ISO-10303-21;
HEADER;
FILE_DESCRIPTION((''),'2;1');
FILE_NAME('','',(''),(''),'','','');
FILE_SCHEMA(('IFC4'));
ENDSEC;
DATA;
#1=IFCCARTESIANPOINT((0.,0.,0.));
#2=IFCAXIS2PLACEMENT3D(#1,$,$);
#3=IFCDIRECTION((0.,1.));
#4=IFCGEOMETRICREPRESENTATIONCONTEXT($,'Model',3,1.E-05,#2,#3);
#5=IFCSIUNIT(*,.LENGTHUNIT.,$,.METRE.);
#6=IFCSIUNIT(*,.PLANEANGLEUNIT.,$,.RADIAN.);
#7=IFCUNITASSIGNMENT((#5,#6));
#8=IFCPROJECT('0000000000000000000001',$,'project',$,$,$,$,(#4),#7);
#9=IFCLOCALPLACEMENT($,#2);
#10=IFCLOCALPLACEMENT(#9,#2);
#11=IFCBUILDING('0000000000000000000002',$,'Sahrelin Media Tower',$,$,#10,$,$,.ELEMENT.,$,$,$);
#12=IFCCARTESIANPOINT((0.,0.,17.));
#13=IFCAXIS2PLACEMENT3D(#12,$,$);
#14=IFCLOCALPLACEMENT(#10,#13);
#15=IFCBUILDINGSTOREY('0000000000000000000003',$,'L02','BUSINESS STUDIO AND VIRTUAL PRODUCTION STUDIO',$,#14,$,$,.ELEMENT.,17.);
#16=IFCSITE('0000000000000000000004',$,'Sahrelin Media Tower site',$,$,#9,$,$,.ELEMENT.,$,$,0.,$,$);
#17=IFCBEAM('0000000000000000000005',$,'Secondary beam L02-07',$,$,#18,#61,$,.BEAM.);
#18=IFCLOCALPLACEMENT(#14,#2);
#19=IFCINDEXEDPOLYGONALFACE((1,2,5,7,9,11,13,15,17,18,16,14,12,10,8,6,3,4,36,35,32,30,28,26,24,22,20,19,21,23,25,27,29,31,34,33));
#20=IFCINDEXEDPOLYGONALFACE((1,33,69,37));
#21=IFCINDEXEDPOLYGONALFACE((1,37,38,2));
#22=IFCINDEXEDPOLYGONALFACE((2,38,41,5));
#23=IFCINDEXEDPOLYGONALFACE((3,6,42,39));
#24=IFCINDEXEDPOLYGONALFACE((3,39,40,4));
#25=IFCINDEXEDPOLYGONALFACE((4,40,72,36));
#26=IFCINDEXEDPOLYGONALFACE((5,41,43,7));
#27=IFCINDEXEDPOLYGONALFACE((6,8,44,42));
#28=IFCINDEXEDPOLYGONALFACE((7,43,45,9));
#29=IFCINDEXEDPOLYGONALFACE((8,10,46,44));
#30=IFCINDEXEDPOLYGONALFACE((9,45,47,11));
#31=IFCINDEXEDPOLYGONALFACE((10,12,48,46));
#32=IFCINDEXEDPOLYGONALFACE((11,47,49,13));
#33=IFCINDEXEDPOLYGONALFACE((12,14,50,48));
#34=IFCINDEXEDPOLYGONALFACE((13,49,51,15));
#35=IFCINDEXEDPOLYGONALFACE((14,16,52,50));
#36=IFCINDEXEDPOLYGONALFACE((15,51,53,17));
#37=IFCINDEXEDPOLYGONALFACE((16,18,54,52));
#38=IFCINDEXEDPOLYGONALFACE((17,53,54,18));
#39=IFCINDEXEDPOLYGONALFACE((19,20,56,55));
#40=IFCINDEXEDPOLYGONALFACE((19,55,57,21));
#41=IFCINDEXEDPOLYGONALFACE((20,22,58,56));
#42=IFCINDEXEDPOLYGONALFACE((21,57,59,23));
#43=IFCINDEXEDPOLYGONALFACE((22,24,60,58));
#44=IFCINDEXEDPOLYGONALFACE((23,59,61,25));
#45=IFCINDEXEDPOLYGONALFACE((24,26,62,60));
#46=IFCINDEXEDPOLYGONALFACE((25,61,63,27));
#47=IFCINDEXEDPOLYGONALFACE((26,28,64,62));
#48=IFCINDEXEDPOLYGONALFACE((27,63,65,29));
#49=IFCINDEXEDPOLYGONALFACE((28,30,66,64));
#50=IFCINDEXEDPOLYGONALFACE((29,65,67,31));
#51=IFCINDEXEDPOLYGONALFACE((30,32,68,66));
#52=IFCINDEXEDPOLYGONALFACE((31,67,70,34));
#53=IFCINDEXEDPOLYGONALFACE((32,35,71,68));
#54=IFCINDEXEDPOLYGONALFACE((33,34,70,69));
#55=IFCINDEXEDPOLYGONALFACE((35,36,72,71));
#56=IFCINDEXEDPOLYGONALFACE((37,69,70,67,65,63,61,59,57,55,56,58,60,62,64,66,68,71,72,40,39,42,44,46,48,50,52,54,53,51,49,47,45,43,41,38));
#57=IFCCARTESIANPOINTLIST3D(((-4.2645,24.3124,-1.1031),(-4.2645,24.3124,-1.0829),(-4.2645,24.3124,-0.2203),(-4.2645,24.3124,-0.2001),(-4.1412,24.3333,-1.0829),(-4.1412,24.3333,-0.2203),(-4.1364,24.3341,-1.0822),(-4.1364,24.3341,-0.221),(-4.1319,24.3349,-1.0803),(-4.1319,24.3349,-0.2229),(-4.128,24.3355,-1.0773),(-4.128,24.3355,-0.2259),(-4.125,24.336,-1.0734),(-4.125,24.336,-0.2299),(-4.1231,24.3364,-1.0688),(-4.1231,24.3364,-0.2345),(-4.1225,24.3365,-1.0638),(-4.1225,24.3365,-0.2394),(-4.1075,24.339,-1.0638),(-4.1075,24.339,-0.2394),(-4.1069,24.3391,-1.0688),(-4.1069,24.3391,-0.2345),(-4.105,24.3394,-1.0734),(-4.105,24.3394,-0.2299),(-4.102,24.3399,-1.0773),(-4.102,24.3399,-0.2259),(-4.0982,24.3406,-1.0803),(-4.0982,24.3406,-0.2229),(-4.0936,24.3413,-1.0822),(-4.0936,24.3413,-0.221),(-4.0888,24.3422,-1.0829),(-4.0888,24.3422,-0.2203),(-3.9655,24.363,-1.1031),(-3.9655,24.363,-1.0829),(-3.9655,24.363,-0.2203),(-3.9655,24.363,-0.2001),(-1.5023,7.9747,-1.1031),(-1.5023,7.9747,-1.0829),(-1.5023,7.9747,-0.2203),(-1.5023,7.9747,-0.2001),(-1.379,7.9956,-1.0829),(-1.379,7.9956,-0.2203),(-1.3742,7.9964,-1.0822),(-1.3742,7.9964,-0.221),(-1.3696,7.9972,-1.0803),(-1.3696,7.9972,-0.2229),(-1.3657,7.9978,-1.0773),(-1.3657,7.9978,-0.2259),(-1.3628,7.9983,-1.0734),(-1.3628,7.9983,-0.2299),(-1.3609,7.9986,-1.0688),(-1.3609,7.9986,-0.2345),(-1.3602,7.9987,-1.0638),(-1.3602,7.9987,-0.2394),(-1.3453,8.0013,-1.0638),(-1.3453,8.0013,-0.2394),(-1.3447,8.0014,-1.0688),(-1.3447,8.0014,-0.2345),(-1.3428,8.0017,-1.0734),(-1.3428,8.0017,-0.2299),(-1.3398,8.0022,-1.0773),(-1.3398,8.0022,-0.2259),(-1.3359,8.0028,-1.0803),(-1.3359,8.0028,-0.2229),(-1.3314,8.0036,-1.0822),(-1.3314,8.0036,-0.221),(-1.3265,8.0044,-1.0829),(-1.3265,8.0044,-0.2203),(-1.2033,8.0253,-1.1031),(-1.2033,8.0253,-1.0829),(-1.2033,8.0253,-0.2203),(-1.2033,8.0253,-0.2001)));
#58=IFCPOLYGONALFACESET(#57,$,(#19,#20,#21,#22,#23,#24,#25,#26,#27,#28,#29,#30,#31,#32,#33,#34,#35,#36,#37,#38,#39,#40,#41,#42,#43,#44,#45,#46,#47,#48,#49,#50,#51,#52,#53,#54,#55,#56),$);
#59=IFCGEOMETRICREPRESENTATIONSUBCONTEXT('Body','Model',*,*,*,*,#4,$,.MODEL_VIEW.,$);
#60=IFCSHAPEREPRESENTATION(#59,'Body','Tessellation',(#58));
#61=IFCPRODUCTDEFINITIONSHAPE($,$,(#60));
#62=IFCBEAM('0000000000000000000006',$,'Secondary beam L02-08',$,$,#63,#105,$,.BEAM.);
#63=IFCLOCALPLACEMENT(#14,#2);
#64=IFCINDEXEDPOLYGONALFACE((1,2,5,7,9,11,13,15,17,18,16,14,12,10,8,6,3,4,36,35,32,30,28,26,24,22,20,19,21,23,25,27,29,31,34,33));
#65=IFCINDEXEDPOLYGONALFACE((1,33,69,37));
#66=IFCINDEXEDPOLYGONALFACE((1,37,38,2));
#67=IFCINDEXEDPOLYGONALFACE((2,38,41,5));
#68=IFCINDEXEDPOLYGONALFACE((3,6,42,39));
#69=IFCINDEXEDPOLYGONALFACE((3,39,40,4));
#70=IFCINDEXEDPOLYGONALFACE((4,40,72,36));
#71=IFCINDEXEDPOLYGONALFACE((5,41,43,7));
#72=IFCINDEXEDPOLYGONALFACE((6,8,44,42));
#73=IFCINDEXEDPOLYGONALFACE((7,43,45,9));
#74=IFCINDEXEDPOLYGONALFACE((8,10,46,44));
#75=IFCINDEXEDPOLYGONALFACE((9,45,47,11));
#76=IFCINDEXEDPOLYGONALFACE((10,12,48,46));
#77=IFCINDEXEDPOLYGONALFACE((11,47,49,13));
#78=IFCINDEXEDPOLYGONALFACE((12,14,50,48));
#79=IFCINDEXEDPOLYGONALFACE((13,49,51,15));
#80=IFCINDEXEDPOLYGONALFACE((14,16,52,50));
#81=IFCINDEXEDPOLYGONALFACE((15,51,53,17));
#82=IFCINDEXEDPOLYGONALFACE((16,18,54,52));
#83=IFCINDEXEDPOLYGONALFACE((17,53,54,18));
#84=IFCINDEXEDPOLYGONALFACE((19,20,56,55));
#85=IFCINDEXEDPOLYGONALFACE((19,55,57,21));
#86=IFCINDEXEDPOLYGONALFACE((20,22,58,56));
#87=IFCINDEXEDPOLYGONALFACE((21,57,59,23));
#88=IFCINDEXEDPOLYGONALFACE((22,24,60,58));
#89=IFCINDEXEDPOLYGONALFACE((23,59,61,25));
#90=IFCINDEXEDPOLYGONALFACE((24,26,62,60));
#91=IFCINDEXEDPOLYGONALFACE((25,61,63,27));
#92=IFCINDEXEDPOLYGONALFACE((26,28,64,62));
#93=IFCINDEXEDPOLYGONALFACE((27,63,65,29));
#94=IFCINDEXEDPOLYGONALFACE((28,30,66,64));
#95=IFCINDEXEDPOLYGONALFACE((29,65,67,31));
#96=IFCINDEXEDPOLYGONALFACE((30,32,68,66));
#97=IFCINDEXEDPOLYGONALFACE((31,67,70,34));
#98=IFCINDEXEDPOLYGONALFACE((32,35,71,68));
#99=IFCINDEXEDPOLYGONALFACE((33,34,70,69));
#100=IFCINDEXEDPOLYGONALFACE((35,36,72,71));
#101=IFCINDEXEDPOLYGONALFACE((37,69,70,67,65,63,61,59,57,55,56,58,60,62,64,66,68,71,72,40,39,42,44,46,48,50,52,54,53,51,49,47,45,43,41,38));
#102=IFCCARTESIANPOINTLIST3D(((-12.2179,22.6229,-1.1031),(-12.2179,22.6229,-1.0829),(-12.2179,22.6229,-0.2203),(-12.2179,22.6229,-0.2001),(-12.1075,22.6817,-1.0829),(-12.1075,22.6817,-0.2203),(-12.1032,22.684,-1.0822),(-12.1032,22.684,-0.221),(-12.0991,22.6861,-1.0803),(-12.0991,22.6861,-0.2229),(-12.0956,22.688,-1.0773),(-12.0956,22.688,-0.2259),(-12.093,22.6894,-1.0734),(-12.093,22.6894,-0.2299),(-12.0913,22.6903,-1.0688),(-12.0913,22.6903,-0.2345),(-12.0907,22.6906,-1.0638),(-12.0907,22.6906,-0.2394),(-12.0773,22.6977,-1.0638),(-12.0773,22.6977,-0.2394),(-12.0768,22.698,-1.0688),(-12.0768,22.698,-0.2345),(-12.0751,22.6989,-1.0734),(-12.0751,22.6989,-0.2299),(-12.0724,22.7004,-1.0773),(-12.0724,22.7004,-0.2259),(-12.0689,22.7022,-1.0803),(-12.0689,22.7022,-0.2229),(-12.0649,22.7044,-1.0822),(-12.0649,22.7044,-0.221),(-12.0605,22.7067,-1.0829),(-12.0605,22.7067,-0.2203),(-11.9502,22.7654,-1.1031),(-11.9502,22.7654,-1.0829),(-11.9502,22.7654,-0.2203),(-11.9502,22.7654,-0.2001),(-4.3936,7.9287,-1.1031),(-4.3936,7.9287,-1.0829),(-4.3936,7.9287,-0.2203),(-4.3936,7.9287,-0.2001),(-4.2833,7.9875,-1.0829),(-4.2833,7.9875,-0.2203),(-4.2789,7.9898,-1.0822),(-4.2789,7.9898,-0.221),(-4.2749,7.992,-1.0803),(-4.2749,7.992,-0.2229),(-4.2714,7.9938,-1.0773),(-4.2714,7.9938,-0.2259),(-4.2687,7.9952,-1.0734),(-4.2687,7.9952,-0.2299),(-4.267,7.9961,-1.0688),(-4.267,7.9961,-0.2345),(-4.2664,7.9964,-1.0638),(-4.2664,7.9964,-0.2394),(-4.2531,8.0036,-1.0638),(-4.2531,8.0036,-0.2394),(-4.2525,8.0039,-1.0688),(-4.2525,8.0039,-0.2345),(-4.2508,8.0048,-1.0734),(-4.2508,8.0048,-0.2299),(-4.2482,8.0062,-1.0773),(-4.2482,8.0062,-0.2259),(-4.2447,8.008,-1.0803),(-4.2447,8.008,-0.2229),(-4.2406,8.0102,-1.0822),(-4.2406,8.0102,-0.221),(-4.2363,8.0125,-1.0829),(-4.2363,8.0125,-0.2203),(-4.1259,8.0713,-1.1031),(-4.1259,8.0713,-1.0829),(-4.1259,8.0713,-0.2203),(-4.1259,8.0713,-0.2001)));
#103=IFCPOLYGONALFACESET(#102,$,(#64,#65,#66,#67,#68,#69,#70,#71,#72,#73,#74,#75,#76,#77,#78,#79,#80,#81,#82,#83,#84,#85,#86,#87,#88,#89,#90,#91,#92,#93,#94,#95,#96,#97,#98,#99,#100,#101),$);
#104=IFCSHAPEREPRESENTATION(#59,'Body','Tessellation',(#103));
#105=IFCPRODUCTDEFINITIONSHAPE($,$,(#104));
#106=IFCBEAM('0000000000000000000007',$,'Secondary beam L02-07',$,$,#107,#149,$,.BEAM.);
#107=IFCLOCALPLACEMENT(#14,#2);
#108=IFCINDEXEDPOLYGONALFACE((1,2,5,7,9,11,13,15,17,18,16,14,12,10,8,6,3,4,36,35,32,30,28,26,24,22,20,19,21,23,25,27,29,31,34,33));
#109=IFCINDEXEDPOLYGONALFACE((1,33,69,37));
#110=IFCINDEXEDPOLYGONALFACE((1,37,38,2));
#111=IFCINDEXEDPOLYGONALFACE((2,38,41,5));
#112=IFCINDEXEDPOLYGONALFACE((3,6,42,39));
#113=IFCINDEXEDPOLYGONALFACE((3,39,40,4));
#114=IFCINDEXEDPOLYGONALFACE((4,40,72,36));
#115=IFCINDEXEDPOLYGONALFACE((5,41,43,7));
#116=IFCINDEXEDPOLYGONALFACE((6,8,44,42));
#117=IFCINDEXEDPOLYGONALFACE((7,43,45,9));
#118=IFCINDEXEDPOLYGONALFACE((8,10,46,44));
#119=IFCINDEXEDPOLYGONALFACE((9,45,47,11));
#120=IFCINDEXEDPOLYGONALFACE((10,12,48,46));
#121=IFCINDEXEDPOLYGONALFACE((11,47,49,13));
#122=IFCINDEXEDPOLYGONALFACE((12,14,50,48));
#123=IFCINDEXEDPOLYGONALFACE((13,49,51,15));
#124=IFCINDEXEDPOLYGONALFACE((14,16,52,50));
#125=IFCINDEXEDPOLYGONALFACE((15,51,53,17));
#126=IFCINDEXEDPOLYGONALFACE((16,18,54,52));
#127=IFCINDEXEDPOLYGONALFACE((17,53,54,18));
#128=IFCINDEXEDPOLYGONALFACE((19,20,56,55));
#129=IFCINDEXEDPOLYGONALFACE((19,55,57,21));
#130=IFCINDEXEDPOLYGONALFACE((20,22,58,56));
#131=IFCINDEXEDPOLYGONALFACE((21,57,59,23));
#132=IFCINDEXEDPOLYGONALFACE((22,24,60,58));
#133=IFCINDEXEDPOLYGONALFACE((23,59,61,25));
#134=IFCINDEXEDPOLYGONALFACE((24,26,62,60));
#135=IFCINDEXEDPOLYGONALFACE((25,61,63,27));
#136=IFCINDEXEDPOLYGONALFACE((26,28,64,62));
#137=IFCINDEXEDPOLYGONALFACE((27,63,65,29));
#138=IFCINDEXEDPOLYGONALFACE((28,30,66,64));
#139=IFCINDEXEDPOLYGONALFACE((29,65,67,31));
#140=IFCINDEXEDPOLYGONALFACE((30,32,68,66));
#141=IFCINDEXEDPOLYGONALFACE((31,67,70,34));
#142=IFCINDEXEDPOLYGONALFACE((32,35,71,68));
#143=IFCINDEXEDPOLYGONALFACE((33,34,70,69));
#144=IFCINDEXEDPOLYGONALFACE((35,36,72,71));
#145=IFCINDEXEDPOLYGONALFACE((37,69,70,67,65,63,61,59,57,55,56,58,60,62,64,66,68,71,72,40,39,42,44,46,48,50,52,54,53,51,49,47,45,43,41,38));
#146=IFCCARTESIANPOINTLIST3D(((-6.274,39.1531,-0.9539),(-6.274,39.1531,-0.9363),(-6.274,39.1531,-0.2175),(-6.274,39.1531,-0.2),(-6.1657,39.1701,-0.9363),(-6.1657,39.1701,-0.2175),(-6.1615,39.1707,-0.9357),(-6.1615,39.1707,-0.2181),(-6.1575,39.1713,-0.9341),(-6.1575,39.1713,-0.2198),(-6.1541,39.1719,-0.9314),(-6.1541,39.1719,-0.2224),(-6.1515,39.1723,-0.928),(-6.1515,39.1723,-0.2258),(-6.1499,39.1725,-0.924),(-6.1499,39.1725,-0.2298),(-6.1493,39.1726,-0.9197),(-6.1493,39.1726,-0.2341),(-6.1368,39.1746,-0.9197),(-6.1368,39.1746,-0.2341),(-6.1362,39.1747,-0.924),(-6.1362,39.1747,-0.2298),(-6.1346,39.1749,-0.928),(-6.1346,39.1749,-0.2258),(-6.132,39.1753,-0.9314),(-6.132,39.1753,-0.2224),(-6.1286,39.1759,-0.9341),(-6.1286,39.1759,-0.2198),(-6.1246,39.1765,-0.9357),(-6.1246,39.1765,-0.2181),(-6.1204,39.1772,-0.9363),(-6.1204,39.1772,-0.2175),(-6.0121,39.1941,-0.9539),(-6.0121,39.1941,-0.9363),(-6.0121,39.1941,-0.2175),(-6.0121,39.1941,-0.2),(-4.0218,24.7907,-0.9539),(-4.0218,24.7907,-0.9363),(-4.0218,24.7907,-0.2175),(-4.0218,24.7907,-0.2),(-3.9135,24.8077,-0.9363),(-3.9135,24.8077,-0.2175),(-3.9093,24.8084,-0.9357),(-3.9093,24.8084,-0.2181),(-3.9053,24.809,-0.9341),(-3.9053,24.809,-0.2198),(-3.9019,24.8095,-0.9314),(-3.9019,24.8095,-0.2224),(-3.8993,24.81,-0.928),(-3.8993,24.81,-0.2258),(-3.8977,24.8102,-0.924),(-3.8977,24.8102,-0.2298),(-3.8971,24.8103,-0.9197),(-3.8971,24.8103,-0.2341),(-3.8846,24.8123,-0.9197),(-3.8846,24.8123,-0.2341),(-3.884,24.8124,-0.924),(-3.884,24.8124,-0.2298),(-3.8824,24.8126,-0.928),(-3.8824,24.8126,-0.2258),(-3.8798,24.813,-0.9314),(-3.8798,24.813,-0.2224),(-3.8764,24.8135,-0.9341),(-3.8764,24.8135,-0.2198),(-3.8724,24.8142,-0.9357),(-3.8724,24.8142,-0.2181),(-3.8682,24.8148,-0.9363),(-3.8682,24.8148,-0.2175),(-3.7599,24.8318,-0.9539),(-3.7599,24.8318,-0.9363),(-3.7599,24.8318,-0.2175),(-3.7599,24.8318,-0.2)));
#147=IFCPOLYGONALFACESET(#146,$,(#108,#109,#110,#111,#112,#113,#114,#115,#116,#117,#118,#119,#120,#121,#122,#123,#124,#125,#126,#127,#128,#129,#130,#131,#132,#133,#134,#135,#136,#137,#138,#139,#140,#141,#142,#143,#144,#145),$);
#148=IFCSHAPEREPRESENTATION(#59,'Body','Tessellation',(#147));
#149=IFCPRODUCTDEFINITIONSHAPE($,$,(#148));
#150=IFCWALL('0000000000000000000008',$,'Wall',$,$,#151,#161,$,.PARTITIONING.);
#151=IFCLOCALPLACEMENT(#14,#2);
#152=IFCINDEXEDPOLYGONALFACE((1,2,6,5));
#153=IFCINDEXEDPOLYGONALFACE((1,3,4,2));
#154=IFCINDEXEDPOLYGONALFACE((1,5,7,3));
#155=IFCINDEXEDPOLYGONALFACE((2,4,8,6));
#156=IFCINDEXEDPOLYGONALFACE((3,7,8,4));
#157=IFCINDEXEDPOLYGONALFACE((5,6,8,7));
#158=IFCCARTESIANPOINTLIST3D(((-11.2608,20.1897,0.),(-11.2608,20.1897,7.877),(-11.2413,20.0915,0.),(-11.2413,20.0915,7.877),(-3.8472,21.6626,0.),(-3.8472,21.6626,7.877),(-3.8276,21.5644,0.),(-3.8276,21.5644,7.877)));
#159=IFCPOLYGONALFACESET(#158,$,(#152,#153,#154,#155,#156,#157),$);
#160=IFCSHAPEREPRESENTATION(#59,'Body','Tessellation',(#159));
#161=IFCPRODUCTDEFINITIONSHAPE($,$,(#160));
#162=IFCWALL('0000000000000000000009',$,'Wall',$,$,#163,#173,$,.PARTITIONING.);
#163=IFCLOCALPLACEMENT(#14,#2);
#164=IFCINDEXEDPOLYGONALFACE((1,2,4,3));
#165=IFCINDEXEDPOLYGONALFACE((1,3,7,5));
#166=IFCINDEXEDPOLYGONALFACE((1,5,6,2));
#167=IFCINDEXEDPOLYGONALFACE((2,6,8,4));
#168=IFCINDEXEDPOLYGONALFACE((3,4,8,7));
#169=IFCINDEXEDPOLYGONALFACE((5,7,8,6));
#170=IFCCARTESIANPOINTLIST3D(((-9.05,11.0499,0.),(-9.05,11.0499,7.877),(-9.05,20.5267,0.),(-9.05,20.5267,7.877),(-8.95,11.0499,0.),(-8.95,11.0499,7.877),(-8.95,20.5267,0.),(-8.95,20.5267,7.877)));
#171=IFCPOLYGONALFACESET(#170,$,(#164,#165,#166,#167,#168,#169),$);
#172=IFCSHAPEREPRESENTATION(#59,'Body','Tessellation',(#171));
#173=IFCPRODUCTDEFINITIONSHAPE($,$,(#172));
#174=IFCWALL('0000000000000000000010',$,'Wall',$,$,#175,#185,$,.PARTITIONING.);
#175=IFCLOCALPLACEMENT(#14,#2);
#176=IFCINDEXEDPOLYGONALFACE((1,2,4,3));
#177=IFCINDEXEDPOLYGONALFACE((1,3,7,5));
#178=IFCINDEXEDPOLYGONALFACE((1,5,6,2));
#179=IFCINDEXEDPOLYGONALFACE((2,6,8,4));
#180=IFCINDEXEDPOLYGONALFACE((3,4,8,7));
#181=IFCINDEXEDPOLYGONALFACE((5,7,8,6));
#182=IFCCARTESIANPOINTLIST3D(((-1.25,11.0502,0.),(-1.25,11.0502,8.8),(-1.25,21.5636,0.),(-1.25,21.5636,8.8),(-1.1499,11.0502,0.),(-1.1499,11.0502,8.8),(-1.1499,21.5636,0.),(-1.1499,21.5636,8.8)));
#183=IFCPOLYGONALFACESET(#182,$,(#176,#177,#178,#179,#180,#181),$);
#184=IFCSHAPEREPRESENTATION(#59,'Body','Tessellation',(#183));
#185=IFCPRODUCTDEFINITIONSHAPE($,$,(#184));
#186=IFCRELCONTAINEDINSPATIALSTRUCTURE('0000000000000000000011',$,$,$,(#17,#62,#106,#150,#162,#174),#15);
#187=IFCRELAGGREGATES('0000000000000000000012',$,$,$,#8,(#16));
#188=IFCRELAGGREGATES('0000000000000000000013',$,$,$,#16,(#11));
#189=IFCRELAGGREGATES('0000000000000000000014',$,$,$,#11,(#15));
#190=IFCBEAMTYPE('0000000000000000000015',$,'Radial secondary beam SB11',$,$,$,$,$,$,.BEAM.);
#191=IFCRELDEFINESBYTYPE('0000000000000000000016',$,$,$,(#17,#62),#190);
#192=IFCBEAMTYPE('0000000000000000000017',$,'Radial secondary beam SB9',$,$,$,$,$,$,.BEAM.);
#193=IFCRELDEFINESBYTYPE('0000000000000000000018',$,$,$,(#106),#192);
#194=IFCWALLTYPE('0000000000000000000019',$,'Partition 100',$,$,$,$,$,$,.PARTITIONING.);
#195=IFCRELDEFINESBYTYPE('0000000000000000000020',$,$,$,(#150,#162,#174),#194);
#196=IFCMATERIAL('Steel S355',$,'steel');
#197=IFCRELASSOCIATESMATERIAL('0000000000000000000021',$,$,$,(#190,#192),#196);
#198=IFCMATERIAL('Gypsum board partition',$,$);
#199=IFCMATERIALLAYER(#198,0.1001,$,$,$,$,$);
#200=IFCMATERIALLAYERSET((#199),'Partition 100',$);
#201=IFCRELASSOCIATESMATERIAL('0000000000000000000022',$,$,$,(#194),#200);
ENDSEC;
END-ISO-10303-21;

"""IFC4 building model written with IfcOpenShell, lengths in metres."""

from ifc_helpers import new_model, si_unit, direction, frame, frame_2d, origin, origin_2d, place, context, subcontext, project, spatial, rectangle, i_section, extrude, material, layer, layer_set, material_profile, profile_set, type_object, element, save


model = new_model("IFC4")

# Units and contexts
model_context = context("Model", 3, precision=1e-05, world=origin(), true_north=direction((0.0, 1.0)))
body_context = subcontext(model_context, "Body", "Model", "MODEL_VIEW")
ifc_project = project(units=[si_unit("LENGTHUNIT", "METRE"), si_unit("PLANEANGLEUNIT", "RADIAN")], contexts=[model_context])

# Site, building, storey
site_placement = place(None, origin())
site = spatial("IfcSite", under=ifc_project, at=site_placement, Name="Sahrelin Media Tower site", CompositionType="ELEMENT", RefElevation=0.0)
building_placement = place(site_placement, origin())
building = spatial("IfcBuilding", under=site, at=building_placement, Name="Sahrelin Media Tower", CompositionType="ELEMENT")
storey_placement = place(building_placement, frame((0.0, 0.0, 17.0)))
storey = spatial("IfcBuildingStorey", under=building, at=storey_placement, Name="L02", Description="BUSINESS STUDIO AND VIRTUAL PRODUCTION STUDIO", CompositionType="ELEMENT", Elevation=17.0)

# Beams
ifc_material_1 = material(Name="Steel S355", Category="steel")
ifc_material_profile_1 = material_profile(ifc_material_1, i_section(OverallWidth=0.3032, OverallDepth=0.9031, WebThickness=0.0151, FlangeThickness=0.0203, FilletRadius=0.019, at=origin_2d()), Name="UB 914x305x201")
ifc_profile_set_1 = profile_set([ifc_material_profile_1], Name="Steel S355")
beam_type_1 = type_object("IfcBeamType", Name="Radial secondary beam SB11", PredefinedType="BEAM", material=ifc_profile_set_1)
beam_1_placement = place(storey_placement, frame((-1.3528, 8.0, -0.6516), z_axis=(-0.166704, 0.986007, 0.0), x_axis=(-0.986007, -0.166704, 0.0)))
element("IfcBeam", 1, at=beam_1_placement, inside=storey, type_object=beam_type_1, Name="Secondary beam L02-07", PredefinedType="BEAM", context=body_context, shape_type="SweptSolid", body=[
    extrude(i_section(OverallWidth=0.3032, OverallDepth=0.9031, WebThickness=0.0151, FlangeThickness=0.0203, FilletRadius=0.019, at=origin_2d()), origin(), (0.0, 0.0, 1.0), 16.5696),
])
beam_2_placement = place(storey_placement, frame((-4.2598, 8.0, -0.6516), z_axis=(-0.469997, 0.882668, 0.0), x_axis=(-0.882668, -0.469997, 0.0)))
element("IfcBeam", 2, at=beam_2_placement, inside=storey, type_object=beam_type_1, Name="Secondary beam L02-08", PredefinedType="BEAM", context=body_context, shape_type="SweptSolid", body=[
    extrude(i_section(OverallWidth=0.3032, OverallDepth=0.9031, WebThickness=0.0151, FlangeThickness=0.0203, FilletRadius=0.019, at=origin_2d()), origin(), (0.0, 0.0, 1.0), 16.6475),
])
ifc_material_profile_2 = material_profile(ifc_material_1, i_section(OverallWidth=0.2651, OverallDepth=0.7539, WebThickness=0.0127, FlangeThickness=0.0176, FilletRadius=0.0166, at=origin_2d()), Name="UB 762x267x147")
ifc_profile_set_2 = profile_set([ifc_material_profile_2], Name="Steel S355")
beam_type_2 = type_object("IfcBeamType", Name="Radial secondary beam SB9", PredefinedType="BEAM", material=ifc_profile_set_2)
beam_3_placement = place(storey_placement, frame((-3.8909, 24.8113, -0.5769), z_axis=(-0.15492, 0.987927, 0.0), x_axis=(-0.987927, -0.15492, 0.0)))
element("IfcBeam", 3, at=beam_3_placement, inside=storey, type_object=beam_type_2, Name="Secondary beam L02-07", PredefinedType="BEAM", context=body_context, shape_type="SweptSolid", body=[
    extrude(i_section(OverallWidth=0.2651, OverallDepth=0.7539, WebThickness=0.0127, FlangeThickness=0.0176, FilletRadius=0.0166, at=origin_2d()), origin(), (0.0, 0.0, 1.0), 14.5378),
])

# Walls
ifc_material_2 = material(Name="Gypsum board partition")
ifc_layer_1 = layer(ifc_material_2, 0.1001)
ifc_layer_set_1 = layer_set([ifc_layer_1], Name="Partition 100")
wall_type_1 = type_object("IfcWallType", Name="Partition 100", PredefinedType="PARTITIONING", material=ifc_layer_set_1)
wall_1_placement = place(storey_placement, frame((-3.8374, 21.6135, 0.0), z_axis=(0.0, 0.0, 1.0), x_axis=(-0.98083, -0.194867, 0.0)))
element("IfcWall", 4, at=wall_1_placement, inside=storey, type_object=wall_type_1, Name="Wall", PredefinedType="PARTITIONING", context=body_context, shape_type="SweptSolid", body=[
    extrude(rectangle(XDim=7.5586, YDim=0.1001, at=frame_2d((3.7793, 0.0))), origin(), (0.0, 0.0, 1.0), 7.877),
])
wall_2_placement = place(storey_placement, frame((-9.0, 11.05, 0.0), z_axis=(0.0, 0.0, 1.0), x_axis=(0.0, 1.0, 0.0)))
element("IfcWall", 5, at=wall_2_placement, inside=storey, type_object=wall_type_1, Name="Wall", PredefinedType="PARTITIONING", context=body_context, shape_type="SweptSolid", body=[
    extrude(rectangle(XDim=9.4768, YDim=0.1001, at=frame_2d((4.7383, 0.0))), origin(), (0.0, 0.0, 1.0), 7.877),
])
wall_3_placement = place(storey_placement, frame((-1.2, 11.05, 0.0), z_axis=(0.0, 0.0, 1.0), x_axis=(0.0, 1.0, 0.0)))
element("IfcWall", 6, at=wall_3_placement, inside=storey, type_object=wall_type_1, Name="Wall", PredefinedType="PARTITIONING", context=body_context, shape_type="SweptSolid", body=[
    extrude(rectangle(XDim=10.5134, YDim=0.1001, at=frame_2d((5.2568, 0.0))), origin(), (0.0, 0.0, 1.0), 8.8),
])

save(model, "model.ifc")
